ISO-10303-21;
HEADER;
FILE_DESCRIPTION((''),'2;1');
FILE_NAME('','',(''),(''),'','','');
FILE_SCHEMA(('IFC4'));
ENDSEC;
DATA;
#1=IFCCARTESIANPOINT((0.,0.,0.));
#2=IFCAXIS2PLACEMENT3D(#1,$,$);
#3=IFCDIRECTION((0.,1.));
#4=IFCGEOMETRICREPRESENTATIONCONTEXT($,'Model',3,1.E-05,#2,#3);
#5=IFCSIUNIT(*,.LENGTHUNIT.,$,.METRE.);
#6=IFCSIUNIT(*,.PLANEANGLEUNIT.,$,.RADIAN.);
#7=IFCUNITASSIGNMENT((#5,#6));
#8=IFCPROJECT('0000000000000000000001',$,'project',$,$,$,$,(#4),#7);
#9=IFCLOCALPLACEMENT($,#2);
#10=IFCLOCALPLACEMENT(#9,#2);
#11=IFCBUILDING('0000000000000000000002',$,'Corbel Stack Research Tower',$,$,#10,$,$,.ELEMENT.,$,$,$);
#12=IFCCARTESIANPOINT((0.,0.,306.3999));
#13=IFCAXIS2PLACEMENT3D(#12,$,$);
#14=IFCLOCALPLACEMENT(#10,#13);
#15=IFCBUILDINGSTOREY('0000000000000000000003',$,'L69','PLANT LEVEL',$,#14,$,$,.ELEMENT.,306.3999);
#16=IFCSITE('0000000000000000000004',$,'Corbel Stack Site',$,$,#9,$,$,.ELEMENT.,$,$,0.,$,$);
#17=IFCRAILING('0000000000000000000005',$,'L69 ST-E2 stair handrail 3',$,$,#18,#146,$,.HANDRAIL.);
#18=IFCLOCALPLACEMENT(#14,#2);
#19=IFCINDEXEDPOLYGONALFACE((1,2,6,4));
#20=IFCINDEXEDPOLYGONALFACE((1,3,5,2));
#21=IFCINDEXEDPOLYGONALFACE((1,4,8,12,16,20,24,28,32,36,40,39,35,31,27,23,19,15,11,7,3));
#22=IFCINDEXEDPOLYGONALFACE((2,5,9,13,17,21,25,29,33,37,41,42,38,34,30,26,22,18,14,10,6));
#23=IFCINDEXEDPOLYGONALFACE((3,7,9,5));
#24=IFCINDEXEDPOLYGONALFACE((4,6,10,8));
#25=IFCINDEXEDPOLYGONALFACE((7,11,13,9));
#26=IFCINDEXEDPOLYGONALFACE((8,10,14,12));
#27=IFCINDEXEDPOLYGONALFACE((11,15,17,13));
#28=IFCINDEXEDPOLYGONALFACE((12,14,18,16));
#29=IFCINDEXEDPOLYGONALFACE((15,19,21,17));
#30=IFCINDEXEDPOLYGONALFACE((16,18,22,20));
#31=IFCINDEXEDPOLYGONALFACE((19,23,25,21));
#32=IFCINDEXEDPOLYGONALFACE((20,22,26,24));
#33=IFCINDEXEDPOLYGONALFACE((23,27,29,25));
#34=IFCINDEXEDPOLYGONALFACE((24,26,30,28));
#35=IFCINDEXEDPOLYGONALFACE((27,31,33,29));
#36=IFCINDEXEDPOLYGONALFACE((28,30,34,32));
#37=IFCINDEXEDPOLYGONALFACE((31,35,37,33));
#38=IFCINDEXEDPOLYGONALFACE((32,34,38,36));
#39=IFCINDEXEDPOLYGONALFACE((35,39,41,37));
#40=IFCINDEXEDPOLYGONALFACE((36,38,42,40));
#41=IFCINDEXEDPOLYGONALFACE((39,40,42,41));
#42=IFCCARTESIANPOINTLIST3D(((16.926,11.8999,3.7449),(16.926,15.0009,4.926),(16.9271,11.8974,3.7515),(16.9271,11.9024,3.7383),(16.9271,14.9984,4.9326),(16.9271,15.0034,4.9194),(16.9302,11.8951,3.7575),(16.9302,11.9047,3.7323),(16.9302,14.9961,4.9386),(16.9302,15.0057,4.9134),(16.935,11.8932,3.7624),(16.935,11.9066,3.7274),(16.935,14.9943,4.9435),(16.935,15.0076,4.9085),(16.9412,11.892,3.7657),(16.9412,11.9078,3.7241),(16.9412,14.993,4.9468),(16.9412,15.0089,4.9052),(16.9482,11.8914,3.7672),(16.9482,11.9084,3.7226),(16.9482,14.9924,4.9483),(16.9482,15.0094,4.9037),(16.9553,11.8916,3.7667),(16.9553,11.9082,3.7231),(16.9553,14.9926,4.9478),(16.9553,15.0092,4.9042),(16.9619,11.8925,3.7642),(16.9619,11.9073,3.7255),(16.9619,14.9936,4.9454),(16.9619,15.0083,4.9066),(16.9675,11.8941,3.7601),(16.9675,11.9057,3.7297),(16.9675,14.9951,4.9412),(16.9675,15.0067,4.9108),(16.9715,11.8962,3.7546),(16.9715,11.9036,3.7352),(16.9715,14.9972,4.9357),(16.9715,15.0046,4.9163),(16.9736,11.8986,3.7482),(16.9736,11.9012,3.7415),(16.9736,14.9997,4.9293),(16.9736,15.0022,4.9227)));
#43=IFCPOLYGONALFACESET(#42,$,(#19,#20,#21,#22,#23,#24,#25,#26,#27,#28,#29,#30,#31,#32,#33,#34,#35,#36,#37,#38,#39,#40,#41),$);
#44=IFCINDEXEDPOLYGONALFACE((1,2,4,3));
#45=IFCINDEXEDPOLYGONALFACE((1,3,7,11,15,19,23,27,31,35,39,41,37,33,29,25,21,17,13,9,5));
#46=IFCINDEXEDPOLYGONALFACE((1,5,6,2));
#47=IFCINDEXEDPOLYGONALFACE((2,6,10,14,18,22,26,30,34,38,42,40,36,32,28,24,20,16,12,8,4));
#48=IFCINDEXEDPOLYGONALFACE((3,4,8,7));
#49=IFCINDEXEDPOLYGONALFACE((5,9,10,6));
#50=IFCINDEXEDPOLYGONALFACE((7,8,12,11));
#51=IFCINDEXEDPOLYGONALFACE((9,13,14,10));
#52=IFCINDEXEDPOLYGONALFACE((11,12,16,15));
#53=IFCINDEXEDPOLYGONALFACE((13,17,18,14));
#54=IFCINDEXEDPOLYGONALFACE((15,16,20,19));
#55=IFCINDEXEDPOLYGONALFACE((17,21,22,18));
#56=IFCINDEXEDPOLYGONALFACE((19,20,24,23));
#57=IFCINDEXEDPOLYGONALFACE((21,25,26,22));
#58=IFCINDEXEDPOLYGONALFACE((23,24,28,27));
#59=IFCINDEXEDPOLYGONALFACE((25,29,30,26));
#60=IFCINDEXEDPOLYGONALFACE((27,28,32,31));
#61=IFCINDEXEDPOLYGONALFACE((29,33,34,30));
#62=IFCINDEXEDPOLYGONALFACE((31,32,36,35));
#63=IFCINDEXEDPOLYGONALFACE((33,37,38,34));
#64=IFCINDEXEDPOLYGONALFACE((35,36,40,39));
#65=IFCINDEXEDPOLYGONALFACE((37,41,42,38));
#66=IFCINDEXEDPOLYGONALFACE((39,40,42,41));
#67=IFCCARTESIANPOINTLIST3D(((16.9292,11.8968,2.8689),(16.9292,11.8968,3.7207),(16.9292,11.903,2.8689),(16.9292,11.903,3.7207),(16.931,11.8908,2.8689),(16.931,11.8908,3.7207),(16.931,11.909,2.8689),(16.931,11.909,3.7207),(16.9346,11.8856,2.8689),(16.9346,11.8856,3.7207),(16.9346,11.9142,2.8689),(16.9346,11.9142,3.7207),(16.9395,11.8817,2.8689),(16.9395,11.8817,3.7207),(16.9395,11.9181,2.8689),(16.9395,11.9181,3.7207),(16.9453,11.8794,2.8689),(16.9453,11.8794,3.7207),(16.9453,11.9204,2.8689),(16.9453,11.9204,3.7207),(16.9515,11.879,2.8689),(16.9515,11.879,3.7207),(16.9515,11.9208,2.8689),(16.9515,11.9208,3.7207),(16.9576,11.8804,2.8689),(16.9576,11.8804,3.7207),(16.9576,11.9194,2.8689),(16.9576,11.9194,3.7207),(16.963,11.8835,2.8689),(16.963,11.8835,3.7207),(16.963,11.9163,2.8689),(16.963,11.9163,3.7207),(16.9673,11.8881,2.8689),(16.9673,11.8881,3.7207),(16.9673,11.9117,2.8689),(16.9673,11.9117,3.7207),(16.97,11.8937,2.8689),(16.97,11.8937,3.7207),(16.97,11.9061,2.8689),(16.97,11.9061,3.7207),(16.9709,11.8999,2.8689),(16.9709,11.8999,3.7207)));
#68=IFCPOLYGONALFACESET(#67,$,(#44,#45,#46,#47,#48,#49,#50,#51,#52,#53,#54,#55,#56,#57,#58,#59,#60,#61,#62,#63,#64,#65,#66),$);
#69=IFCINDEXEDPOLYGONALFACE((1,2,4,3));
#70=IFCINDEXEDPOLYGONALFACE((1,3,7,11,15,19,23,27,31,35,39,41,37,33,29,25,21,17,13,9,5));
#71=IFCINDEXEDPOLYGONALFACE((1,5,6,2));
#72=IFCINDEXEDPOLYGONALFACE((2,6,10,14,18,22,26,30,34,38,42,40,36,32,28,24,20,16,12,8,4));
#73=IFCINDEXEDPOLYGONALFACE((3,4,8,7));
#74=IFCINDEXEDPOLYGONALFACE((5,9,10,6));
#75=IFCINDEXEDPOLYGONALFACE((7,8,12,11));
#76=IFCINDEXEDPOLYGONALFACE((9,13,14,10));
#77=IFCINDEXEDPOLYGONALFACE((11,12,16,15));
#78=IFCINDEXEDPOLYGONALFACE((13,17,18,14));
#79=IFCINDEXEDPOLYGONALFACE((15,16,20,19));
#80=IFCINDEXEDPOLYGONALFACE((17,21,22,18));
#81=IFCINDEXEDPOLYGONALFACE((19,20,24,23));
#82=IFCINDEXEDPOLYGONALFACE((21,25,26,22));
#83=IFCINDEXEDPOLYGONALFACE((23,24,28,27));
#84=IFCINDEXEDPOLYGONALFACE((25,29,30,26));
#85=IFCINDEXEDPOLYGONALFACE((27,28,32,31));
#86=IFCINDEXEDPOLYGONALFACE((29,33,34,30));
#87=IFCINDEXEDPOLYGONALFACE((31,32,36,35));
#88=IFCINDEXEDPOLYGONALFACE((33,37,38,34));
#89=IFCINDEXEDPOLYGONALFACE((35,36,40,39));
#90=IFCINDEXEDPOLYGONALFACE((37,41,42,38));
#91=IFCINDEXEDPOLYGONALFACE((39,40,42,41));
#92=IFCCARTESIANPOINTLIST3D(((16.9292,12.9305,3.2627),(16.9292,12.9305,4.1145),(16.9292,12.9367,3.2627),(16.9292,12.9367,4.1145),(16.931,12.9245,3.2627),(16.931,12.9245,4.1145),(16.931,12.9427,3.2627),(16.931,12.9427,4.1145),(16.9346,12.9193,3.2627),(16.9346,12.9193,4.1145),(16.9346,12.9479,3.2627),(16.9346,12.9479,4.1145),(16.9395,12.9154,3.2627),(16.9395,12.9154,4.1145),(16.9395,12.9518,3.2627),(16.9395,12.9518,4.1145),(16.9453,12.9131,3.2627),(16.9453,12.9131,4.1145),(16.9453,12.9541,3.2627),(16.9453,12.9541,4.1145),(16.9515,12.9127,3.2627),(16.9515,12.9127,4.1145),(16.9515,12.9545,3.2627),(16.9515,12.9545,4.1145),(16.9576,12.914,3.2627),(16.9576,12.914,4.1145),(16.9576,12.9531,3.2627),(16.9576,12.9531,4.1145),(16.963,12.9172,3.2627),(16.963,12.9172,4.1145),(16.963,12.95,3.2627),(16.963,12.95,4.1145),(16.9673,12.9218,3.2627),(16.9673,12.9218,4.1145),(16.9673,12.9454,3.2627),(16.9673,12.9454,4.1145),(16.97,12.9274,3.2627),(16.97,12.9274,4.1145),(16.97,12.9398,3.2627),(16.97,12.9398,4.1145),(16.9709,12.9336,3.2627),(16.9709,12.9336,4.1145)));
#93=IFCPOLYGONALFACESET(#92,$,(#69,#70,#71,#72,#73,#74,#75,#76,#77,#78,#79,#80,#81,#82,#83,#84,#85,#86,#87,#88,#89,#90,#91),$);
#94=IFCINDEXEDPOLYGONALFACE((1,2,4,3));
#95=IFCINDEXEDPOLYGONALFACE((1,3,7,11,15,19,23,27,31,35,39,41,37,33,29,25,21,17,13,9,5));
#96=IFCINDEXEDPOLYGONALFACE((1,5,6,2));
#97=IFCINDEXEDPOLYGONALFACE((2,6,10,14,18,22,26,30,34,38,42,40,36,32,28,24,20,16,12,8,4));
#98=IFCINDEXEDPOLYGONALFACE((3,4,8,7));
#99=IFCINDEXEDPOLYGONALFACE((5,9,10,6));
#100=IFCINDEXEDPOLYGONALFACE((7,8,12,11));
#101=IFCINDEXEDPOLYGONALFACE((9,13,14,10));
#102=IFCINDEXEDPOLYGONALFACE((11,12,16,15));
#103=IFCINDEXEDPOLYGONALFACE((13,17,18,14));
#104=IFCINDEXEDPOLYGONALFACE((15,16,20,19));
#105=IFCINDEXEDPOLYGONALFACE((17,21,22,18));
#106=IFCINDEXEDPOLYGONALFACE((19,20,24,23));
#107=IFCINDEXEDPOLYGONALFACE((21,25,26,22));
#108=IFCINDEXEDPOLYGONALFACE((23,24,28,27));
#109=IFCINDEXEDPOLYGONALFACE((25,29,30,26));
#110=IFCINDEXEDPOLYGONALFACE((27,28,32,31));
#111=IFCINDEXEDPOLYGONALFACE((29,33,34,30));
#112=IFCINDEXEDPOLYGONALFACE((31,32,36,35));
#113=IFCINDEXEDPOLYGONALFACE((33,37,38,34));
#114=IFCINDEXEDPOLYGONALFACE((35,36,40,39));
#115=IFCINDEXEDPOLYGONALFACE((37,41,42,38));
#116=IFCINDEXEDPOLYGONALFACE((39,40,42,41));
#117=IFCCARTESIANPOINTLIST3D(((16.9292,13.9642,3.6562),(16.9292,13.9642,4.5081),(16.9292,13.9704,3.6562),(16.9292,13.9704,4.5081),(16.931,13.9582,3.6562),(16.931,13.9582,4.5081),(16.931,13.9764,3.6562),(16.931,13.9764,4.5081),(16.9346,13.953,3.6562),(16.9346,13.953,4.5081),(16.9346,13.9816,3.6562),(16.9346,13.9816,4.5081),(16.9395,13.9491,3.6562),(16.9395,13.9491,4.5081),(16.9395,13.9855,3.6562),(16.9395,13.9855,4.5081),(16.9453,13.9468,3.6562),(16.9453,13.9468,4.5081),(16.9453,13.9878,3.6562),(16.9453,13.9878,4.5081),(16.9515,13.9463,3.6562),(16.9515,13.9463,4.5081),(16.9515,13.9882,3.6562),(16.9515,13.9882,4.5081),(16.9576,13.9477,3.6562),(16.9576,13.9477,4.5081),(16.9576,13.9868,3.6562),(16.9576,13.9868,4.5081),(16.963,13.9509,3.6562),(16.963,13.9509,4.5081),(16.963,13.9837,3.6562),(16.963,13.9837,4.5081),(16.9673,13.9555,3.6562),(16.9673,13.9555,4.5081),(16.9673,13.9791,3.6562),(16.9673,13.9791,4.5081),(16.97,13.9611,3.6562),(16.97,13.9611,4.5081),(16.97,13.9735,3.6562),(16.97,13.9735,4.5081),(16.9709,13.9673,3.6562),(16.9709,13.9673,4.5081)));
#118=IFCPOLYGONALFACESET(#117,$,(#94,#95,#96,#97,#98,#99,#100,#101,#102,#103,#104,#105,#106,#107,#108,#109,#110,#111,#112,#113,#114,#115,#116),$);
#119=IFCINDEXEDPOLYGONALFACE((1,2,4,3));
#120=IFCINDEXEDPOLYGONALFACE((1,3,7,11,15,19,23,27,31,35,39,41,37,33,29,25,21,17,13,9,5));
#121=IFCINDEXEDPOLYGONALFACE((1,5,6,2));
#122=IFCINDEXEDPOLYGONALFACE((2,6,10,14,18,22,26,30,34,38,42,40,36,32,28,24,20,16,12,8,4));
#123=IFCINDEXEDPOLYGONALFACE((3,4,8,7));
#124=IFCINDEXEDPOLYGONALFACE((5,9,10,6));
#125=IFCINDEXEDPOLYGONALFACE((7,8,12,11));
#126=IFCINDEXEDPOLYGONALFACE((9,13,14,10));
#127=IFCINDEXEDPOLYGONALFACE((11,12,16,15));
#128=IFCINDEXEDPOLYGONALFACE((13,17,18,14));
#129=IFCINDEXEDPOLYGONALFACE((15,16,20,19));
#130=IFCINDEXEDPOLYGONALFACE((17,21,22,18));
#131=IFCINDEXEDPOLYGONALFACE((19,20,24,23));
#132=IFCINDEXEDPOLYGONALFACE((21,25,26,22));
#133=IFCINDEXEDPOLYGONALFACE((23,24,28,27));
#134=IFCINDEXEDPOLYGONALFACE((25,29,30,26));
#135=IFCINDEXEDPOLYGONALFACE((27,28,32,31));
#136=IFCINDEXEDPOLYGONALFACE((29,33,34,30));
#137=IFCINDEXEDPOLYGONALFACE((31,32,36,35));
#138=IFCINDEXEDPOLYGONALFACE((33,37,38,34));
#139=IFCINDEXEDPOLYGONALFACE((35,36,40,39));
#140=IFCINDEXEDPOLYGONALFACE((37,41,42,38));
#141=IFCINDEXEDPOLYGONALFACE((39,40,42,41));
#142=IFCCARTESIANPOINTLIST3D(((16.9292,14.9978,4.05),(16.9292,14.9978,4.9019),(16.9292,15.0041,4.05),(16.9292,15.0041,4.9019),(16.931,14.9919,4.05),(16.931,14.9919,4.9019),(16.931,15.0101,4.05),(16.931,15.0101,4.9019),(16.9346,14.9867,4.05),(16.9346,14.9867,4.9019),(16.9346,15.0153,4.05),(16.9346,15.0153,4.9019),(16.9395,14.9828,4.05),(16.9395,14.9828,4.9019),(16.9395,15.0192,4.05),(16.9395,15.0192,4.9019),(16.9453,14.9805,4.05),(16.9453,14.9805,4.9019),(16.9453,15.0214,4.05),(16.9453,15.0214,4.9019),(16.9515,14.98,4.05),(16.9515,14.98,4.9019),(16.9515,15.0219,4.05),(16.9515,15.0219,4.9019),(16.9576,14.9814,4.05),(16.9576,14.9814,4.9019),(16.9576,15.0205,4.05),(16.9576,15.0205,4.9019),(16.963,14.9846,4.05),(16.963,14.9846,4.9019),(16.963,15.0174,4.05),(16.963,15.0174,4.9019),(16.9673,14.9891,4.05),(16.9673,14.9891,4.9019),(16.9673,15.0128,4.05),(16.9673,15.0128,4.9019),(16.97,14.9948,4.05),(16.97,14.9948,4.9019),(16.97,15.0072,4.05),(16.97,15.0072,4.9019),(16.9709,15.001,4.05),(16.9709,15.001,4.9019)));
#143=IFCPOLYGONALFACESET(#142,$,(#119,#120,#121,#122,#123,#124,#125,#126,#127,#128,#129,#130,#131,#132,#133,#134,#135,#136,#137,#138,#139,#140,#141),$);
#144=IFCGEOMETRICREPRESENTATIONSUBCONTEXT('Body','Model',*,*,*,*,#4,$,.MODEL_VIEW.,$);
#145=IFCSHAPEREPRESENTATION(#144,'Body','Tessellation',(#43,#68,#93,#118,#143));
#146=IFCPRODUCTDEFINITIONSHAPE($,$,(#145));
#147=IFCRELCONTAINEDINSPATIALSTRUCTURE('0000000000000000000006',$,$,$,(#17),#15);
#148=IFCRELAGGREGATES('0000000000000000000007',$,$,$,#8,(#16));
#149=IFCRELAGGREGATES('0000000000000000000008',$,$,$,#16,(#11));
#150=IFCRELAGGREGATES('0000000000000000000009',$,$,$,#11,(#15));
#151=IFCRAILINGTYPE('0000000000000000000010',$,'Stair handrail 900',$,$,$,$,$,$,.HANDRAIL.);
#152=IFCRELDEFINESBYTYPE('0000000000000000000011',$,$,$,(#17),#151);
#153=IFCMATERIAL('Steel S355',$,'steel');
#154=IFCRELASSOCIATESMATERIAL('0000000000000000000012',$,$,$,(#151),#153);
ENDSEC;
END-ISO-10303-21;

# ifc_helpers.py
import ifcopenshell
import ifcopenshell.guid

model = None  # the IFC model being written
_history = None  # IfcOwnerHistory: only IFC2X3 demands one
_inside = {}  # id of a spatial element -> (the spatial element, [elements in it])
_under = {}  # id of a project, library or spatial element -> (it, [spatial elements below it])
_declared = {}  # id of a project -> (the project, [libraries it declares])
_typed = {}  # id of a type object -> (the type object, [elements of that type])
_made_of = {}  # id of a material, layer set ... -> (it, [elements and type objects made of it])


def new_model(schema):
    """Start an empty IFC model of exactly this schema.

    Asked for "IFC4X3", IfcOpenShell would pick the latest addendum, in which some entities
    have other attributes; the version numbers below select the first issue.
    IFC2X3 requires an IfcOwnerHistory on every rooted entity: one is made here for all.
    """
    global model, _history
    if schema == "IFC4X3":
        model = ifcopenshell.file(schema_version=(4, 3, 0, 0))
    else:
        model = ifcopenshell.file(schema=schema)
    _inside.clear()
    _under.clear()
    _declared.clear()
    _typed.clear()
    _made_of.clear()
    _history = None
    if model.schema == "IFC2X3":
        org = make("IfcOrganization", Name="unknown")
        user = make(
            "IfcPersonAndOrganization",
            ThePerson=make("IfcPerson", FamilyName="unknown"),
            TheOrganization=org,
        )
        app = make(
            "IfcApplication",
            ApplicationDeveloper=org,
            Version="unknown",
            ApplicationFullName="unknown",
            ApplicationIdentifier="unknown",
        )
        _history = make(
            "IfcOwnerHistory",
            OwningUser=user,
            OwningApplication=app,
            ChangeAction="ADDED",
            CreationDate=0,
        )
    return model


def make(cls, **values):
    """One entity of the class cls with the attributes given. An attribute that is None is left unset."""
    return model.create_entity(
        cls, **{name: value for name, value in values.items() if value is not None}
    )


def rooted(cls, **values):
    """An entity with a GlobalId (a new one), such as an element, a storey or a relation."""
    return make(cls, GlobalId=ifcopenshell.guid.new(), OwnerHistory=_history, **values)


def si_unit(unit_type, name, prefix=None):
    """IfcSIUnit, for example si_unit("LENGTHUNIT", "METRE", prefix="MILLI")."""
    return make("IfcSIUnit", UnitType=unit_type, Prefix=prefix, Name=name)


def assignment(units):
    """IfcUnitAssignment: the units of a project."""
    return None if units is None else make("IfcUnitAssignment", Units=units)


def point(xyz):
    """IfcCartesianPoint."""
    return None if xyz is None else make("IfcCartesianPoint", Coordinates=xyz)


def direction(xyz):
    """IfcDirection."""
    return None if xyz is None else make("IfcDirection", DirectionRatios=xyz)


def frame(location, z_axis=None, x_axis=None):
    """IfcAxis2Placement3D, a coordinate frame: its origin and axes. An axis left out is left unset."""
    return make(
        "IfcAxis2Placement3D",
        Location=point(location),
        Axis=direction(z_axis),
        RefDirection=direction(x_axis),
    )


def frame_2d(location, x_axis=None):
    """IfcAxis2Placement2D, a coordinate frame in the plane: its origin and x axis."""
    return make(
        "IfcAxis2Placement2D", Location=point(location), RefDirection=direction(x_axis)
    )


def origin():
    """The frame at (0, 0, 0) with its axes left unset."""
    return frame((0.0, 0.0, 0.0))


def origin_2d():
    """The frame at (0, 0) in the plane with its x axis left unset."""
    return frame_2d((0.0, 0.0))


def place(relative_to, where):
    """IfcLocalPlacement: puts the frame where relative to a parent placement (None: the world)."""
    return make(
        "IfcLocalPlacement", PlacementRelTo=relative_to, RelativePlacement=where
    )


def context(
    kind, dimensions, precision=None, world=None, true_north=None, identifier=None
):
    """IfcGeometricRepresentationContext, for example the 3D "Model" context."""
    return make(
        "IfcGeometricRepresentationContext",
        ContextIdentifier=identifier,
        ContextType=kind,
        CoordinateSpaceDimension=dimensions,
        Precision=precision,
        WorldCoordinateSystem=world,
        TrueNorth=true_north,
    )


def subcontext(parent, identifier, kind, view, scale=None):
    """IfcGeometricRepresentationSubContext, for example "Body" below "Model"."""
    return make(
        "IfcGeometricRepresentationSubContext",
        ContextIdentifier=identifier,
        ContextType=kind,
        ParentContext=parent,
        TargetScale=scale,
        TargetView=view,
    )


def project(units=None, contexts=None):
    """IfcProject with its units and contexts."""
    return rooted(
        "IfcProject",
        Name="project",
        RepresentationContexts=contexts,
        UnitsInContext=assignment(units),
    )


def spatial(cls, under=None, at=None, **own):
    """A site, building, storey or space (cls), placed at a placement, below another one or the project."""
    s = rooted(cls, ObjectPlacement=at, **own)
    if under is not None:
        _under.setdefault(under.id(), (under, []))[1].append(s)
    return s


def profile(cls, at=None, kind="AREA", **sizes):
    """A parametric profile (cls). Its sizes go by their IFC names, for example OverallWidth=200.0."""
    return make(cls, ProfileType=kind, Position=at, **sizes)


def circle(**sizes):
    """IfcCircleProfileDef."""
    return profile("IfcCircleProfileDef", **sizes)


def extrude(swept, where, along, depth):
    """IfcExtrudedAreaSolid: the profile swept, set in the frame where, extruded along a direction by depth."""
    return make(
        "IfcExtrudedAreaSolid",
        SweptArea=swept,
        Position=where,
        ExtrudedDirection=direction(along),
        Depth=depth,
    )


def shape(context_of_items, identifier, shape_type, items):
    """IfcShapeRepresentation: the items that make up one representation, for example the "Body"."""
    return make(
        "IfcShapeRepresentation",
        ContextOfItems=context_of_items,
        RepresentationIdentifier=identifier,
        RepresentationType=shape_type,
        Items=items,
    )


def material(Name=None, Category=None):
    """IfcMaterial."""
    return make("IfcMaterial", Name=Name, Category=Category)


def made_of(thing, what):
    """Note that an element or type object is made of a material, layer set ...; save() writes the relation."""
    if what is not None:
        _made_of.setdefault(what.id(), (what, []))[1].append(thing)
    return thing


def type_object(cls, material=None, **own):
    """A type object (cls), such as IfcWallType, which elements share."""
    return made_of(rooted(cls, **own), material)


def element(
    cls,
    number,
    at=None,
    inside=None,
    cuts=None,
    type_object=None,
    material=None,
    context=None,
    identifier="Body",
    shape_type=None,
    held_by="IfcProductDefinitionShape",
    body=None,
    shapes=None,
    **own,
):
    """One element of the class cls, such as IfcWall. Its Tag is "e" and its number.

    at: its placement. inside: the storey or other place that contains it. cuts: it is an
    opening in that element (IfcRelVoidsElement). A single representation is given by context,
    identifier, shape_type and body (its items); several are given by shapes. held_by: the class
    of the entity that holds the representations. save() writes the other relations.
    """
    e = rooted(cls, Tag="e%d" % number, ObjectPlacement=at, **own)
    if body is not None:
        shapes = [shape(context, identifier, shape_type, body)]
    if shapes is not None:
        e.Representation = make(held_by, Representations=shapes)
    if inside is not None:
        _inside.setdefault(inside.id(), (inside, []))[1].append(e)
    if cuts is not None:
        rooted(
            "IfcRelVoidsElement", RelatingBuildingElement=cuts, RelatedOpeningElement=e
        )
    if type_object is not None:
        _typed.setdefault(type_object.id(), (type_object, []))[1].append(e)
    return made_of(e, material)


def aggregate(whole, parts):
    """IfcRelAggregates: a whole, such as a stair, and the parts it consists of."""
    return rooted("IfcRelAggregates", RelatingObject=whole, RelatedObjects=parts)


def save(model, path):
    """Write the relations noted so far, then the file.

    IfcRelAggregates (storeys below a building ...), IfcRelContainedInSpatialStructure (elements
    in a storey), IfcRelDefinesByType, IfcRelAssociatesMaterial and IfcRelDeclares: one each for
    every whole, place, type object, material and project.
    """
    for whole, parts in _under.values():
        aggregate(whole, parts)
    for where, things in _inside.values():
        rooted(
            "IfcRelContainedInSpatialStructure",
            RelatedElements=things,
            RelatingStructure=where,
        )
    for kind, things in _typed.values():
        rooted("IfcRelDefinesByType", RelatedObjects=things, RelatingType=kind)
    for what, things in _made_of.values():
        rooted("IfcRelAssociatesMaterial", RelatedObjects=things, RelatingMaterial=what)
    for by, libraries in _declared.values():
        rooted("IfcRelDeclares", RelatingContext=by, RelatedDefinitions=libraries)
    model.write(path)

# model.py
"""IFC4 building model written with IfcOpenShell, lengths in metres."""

from ifc_helpers import new_model, si_unit, direction, frame, origin, origin_2d, place, context, subcontext, project, spatial, circle, extrude, material, type_object, element, save


model = new_model("IFC4")

# Units and contexts
model_context = context("Model", 3, precision=1e-05, world=origin(), true_north=direction((0.0, 1.0)))
body_context = subcontext(model_context, "Body", "Model", "MODEL_VIEW")
ifc_project = project(units=[si_unit("LENGTHUNIT", "METRE"), si_unit("PLANEANGLEUNIT", "RADIAN")], contexts=[model_context])

# Site, building, storey
site_placement = place(None, origin())
site = spatial("IfcSite", under=ifc_project, at=site_placement, Name="Corbel Stack Site", CompositionType="ELEMENT", RefElevation=0.0)
building_placement = place(site_placement, origin())
building = spatial("IfcBuilding", under=site, at=building_placement, Name="Corbel Stack Research Tower", CompositionType="ELEMENT")
storey_placement = place(building_placement, frame((0.0, 0.0, 306.3999)))
storey = spatial("IfcBuildingStorey", under=building, at=storey_placement, Name="L69", Description="PLANT LEVEL", CompositionType="ELEMENT", Elevation=306.3999)

# Railing
ifc_material_1 = material(Name="Steel S355", Category="steel")
railing_type_1 = type_object("IfcRailingType", Name="Stair handrail 900", PredefinedType="HANDRAIL", material=ifc_material_1)
railing_1_placement = place(storey_placement, frame((16.95, 11.8999, 2.8689)))
element("IfcRailing", 1, at=railing_1_placement, inside=storey, type_object=railing_type_1, Name="L69 ST-E2 stair handrail 3", PredefinedType="HANDRAIL", context=body_context, shape_type="SweptSolid", body=[
    extrude(circle(Radius=0.0239, at=origin_2d()), frame((0.0, 0.0, 0.876), z_axis=(0.0, 0.934509, 0.35594), x_axis=(-1.0, 0.0, 0.0)), (0.0, 0.0, 1.0), 3.3184),
    extrude(circle(Radius=0.021, at=origin_2d()), origin(), (0.0, 0.0, 1.0), 0.8518),
    extrude(circle(Radius=0.021, at=origin_2d()), frame((0.0, 1.0337, 0.3938)), (0.0, 0.0, 1.0), 0.8518),
    extrude(circle(Radius=0.021, at=origin_2d()), frame((0.0, 2.0674, 0.7874)), (0.0, 0.0, 1.0), 0.8518),
    extrude(circle(Radius=0.021, at=origin_2d()), frame((0.0, 3.1011, 1.1812)), (0.0, 0.0, 1.0), 0.8518),
])

save(model, "model.ifc")
